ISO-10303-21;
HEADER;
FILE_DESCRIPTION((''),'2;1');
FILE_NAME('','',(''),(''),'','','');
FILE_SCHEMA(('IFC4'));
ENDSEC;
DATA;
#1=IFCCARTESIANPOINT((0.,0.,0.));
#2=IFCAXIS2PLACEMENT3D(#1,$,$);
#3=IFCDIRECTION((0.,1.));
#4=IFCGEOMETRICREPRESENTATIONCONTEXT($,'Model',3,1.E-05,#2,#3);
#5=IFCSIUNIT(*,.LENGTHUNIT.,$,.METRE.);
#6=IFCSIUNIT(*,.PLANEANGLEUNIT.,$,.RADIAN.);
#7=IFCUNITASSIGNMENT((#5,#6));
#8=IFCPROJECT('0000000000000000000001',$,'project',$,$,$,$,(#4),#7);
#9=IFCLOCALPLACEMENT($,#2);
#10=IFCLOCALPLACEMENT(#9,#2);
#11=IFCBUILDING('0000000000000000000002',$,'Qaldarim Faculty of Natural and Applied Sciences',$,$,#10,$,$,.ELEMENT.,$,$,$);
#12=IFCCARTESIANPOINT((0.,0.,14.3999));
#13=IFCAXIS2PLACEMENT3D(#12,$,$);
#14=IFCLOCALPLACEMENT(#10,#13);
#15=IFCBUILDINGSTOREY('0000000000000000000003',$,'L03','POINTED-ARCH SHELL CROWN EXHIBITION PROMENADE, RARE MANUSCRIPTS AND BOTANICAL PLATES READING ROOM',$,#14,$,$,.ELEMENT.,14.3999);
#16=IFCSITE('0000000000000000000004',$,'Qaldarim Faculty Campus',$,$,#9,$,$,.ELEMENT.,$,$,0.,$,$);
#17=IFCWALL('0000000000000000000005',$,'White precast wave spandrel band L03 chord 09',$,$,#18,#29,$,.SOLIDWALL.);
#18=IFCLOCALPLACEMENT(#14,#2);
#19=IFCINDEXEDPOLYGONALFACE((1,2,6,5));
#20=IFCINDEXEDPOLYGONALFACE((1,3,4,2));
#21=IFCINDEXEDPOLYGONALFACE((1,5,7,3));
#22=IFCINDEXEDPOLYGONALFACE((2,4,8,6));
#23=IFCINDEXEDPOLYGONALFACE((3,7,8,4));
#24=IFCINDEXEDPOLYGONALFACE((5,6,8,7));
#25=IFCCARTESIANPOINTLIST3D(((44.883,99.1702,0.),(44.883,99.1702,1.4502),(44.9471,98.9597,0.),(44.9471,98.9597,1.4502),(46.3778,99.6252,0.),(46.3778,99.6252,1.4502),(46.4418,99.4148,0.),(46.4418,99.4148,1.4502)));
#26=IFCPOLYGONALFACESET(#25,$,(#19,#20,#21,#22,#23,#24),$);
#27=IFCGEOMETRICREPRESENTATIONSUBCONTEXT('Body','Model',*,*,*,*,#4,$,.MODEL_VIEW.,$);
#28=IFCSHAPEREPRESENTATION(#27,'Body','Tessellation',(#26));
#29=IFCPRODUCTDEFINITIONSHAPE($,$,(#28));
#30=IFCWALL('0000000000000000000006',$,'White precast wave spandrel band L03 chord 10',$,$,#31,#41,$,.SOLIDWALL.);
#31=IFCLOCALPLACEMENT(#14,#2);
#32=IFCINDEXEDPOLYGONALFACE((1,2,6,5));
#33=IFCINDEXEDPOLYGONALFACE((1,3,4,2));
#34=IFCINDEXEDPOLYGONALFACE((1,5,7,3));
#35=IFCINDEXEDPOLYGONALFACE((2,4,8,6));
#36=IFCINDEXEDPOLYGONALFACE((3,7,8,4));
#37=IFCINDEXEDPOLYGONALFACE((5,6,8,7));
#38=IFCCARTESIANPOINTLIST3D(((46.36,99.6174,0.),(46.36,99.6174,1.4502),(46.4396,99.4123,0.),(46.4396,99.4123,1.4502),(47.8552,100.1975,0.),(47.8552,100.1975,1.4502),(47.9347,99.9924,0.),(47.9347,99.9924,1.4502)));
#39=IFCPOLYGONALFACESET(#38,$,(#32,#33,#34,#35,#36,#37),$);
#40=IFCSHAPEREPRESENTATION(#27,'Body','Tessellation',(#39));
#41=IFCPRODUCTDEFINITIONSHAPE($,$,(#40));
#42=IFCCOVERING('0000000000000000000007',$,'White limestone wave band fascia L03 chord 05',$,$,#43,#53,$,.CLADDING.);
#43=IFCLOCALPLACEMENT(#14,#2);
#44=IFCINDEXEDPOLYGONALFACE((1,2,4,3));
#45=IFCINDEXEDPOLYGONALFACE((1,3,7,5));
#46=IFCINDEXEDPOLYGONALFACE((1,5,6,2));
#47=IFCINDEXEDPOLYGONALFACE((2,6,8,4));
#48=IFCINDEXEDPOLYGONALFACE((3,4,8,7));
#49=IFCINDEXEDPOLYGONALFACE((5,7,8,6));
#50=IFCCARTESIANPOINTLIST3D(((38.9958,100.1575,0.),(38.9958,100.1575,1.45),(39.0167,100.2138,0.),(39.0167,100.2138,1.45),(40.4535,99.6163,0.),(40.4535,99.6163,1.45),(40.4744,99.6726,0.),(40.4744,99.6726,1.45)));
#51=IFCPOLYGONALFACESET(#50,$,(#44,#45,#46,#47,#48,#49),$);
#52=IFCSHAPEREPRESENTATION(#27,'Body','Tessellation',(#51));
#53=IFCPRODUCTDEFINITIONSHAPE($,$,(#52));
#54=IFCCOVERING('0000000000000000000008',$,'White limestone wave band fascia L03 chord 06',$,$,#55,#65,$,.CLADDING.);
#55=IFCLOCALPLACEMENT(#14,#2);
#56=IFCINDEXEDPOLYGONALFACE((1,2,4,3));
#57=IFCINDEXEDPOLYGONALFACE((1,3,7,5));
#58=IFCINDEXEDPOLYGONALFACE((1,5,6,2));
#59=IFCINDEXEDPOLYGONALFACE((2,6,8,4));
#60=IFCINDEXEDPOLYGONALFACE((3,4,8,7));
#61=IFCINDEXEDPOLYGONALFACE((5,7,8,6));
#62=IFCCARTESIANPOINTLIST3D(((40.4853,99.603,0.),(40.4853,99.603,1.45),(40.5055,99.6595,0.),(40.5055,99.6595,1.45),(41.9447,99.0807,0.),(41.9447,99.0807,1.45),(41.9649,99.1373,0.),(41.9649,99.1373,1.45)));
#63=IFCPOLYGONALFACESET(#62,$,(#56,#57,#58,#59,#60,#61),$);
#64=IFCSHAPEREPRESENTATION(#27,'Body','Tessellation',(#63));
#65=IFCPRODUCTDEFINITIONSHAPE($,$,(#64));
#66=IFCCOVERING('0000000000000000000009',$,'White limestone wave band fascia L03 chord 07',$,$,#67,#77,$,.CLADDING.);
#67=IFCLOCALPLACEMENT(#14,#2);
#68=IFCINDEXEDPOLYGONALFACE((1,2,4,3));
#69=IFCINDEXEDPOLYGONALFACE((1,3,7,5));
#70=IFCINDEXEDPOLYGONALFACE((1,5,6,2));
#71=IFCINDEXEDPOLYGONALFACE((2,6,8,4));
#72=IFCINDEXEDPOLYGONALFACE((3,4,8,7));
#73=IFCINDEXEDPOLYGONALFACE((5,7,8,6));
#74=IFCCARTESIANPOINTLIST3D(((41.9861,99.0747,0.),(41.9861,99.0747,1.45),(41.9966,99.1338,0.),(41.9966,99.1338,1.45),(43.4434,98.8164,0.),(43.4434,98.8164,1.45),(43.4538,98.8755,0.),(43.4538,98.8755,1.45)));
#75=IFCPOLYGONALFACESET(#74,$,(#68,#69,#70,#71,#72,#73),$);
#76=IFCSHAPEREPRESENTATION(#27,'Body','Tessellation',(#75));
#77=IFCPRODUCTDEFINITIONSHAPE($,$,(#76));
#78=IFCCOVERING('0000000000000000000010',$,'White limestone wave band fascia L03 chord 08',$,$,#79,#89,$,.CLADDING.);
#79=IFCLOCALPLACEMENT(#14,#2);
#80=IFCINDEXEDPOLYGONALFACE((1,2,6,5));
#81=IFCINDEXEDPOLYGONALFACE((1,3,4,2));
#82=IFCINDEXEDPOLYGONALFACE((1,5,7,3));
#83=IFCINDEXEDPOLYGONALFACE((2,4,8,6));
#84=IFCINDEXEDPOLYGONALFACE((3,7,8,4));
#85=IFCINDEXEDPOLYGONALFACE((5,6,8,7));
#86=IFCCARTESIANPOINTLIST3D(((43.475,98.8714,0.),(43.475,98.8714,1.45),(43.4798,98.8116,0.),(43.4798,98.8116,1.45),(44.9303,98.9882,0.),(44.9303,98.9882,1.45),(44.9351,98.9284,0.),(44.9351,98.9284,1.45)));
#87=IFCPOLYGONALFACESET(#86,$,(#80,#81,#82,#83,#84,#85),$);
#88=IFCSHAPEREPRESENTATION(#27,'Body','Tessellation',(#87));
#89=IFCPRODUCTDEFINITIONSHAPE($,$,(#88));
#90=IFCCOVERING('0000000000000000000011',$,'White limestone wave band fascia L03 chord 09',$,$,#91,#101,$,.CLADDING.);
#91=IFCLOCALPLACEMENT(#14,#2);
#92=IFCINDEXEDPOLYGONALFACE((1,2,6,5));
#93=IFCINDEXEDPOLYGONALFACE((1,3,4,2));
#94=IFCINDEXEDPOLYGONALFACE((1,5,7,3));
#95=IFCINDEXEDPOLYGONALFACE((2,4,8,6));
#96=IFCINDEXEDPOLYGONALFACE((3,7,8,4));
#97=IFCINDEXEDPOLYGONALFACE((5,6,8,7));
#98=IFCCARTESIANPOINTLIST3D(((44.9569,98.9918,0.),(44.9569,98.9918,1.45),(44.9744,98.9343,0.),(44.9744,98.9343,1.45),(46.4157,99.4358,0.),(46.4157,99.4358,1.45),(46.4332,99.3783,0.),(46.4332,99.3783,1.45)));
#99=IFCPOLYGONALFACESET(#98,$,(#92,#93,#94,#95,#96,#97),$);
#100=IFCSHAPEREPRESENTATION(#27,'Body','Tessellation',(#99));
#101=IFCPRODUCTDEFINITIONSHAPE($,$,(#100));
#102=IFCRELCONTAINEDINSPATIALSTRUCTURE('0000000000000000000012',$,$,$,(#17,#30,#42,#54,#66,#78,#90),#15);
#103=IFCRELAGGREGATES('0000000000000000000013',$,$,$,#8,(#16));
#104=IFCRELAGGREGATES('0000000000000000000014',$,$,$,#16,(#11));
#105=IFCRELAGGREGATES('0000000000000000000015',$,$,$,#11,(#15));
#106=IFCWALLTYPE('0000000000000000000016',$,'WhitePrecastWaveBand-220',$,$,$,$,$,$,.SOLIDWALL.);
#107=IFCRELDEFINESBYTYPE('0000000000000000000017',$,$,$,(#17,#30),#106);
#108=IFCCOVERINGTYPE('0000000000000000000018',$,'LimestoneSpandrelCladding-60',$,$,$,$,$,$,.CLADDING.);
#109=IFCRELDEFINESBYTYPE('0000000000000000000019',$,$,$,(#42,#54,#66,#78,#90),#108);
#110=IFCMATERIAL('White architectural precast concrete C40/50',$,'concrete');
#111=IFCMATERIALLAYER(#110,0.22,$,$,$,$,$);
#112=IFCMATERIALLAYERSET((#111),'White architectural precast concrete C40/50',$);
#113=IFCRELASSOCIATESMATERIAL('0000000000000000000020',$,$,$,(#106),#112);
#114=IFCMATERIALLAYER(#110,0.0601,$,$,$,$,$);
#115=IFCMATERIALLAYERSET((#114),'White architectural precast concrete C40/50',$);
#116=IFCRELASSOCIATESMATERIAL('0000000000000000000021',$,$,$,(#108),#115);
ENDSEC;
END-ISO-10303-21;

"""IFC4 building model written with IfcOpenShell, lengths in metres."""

from ifc_helpers import new_model, si_unit, direction, frame, frame_2d, origin, origin_2d, place, context, subcontext, project, spatial, rectangle, extrude, material, layer, layer_set, type_object, element, save


model = new_model("IFC4")

# Units and contexts
model_context = context("Model", 3, precision=1e-05, world=origin(), true_north=direction((0.0, 1.0)))
body_context = subcontext(model_context, "Body", "Model", "MODEL_VIEW")
ifc_project = project(units=[si_unit("LENGTHUNIT", "METRE"), si_unit("PLANEANGLEUNIT", "RADIAN")], contexts=[model_context])

# Site, building, storey
site_placement = place(None, origin())
site = spatial("IfcSite", under=ifc_project, at=site_placement, Name="Qaldarim Faculty Campus", CompositionType="ELEMENT", RefElevation=0.0)
building_placement = place(site_placement, origin())
building = spatial("IfcBuilding", under=site, at=building_placement, Name="Qaldarim Faculty of Natural and Applied Sciences", CompositionType="ELEMENT")
storey_placement = place(building_placement, frame((0.0, 0.0, 14.3999)))
storey = spatial("IfcBuildingStorey", under=building, at=storey_placement, Name="L03", Description="POINTED-ARCH SHELL CROWN EXHIBITION PROMENADE, RARE MANUSCRIPTS AND BOTANICAL PLATES READING ROOM", CompositionType="ELEMENT", Elevation=14.3999)

# Walls
ifc_material_1 = material(Name="White architectural precast concrete C40/50", Category="concrete")
ifc_layer_1 = layer(ifc_material_1, 0.22)
ifc_layer_set_1 = layer_set([ifc_layer_1], Name="White architectural precast concrete C40/50")
wall_type = type_object("IfcWallType", Name="WhitePrecastWaveBand-220", PredefinedType="SOLIDWALL", material=ifc_layer_set_1)
wall_1_placement = place(storey_placement, frame((44.915, 99.0649, 0.0), z_axis=(0.0, 0.0, 1.0), x_axis=(0.956653, 0.29123, 0.0)))
element("IfcWall", 1, at=wall_1_placement, inside=storey, type_object=wall_type, Name="White precast wave spandrel band L03 chord 09", PredefinedType="SOLIDWALL", context=body_context, shape_type="SweptSolid", body=[
    extrude(rectangle(XDim=1.5625, YDim=0.22, at=frame_2d((0.7812, 0.0))), origin(), (0.0, 0.0, 1.0), 1.4502),
])
wall_2_placement = place(storey_placement, frame((46.3999, 99.5149, 0.0), z_axis=(0.0, 0.0, 1.0), x_axis=(0.93229, 0.361712, 0.0)))
element("IfcWall", 2, at=wall_2_placement, inside=storey, type_object=wall_type, Name="White precast wave spandrel band L03 chord 10", PredefinedType="SOLIDWALL", context=body_context, shape_type="SweptSolid", body=[
    extrude(rectangle(XDim=1.6038, YDim=0.22, at=frame_2d((0.8018, 0.0))), origin(), (0.0, 0.0, 1.0), 1.4502),
])

# Coverings
ifc_layer_2 = layer(ifc_material_1, 0.0601)
ifc_layer_set_2 = layer_set([ifc_layer_2], Name="White architectural precast concrete C40/50")
covering_type = type_object("IfcCoveringType", Name="LimestoneSpandrelCladding-60", PredefinedType="CLADDING", material=ifc_layer_set_2)
covering_1_placement = place(storey_placement, frame((39.7351, 99.915, 0.0), z_axis=(0.0, 0.0, 1.0), x_axis=(0.937483, -0.348032, 0.0)))
element("IfcCovering", 3, at=covering_1_placement, inside=storey, type_object=covering_type, Name="White limestone wave band fascia L03 chord 05", PredefinedType="CLADDING", context=body_context, shape_type="SweptSolid", body=[
    extrude(rectangle(XDim=1.5549, YDim=0.0601, at=origin_2d()), origin(), (0.0, 0.0, 1.0), 1.45),
])
covering_2_placement = place(storey_placement, frame((41.2251, 99.3701, 0.0), z_axis=(0.0, 0.0, 1.0), x_axis=(0.941529, -0.336931, 0.0)))
element("IfcCovering", 4, at=covering_2_placement, inside=storey, type_object=covering_type, Name="White limestone wave band fascia L03 chord 06", PredefinedType="CLADDING", context=body_context, shape_type="SweptSolid", body=[
    extrude(rectangle(XDim=1.55, YDim=0.0601, at=origin_2d()), origin(), (0.0, 0.0, 1.0), 1.45),
])
covering_3_placement = place(storey_placement, frame((42.72, 98.9751, 0.0), z_axis=(0.0, 0.0, 1.0), x_axis=(0.98465, -0.174542, 0.0)))
element("IfcCovering", 5, at=covering_3_placement, inside=storey, type_object=covering_type, Name="White limestone wave band fascia L03 chord 07", PredefinedType="CLADDING", context=body_context, shape_type="SweptSolid", body=[
    extrude(rectangle(XDim=1.48, YDim=0.0601, at=origin_2d()), origin(), (0.0, 0.0, 1.0), 1.45),
])
covering_4_placement = place(storey_placement, frame((44.2051, 98.8999, 0.0), z_axis=(0.0, 0.0, 1.0), x_axis=(0.996794, 0.080008, 0.0)))
element("IfcCovering", 6, at=covering_4_placement, inside=storey, type_object=covering_type, Name="White limestone wave band fascia L03 chord 08", PredefinedType="CLADDING", context=body_context, shape_type="SweptSolid", body=[
    extrude(rectangle(XDim=1.46, YDim=0.0601, at=origin_2d()), origin(), (0.0, 0.0, 1.0), 1.45),
])
covering_5_placement = place(storey_placement, frame((45.6951, 99.1851, 0.0), z_axis=(0.0, 0.0, 1.0), x_axis=(0.956671, 0.29117, 0.0)))
element("IfcCovering", 7, at=covering_5_placement, inside=storey, type_object=covering_type, Name="White limestone wave band fascia L03 chord 09", PredefinedType="CLADDING", context=body_context, shape_type="SweptSolid", body=[
    extrude(rectangle(XDim=1.5249, YDim=0.0601, at=origin_2d()), origin(), (0.0, 0.0, 1.0), 1.45),
])

save(model, "model.ifc")
